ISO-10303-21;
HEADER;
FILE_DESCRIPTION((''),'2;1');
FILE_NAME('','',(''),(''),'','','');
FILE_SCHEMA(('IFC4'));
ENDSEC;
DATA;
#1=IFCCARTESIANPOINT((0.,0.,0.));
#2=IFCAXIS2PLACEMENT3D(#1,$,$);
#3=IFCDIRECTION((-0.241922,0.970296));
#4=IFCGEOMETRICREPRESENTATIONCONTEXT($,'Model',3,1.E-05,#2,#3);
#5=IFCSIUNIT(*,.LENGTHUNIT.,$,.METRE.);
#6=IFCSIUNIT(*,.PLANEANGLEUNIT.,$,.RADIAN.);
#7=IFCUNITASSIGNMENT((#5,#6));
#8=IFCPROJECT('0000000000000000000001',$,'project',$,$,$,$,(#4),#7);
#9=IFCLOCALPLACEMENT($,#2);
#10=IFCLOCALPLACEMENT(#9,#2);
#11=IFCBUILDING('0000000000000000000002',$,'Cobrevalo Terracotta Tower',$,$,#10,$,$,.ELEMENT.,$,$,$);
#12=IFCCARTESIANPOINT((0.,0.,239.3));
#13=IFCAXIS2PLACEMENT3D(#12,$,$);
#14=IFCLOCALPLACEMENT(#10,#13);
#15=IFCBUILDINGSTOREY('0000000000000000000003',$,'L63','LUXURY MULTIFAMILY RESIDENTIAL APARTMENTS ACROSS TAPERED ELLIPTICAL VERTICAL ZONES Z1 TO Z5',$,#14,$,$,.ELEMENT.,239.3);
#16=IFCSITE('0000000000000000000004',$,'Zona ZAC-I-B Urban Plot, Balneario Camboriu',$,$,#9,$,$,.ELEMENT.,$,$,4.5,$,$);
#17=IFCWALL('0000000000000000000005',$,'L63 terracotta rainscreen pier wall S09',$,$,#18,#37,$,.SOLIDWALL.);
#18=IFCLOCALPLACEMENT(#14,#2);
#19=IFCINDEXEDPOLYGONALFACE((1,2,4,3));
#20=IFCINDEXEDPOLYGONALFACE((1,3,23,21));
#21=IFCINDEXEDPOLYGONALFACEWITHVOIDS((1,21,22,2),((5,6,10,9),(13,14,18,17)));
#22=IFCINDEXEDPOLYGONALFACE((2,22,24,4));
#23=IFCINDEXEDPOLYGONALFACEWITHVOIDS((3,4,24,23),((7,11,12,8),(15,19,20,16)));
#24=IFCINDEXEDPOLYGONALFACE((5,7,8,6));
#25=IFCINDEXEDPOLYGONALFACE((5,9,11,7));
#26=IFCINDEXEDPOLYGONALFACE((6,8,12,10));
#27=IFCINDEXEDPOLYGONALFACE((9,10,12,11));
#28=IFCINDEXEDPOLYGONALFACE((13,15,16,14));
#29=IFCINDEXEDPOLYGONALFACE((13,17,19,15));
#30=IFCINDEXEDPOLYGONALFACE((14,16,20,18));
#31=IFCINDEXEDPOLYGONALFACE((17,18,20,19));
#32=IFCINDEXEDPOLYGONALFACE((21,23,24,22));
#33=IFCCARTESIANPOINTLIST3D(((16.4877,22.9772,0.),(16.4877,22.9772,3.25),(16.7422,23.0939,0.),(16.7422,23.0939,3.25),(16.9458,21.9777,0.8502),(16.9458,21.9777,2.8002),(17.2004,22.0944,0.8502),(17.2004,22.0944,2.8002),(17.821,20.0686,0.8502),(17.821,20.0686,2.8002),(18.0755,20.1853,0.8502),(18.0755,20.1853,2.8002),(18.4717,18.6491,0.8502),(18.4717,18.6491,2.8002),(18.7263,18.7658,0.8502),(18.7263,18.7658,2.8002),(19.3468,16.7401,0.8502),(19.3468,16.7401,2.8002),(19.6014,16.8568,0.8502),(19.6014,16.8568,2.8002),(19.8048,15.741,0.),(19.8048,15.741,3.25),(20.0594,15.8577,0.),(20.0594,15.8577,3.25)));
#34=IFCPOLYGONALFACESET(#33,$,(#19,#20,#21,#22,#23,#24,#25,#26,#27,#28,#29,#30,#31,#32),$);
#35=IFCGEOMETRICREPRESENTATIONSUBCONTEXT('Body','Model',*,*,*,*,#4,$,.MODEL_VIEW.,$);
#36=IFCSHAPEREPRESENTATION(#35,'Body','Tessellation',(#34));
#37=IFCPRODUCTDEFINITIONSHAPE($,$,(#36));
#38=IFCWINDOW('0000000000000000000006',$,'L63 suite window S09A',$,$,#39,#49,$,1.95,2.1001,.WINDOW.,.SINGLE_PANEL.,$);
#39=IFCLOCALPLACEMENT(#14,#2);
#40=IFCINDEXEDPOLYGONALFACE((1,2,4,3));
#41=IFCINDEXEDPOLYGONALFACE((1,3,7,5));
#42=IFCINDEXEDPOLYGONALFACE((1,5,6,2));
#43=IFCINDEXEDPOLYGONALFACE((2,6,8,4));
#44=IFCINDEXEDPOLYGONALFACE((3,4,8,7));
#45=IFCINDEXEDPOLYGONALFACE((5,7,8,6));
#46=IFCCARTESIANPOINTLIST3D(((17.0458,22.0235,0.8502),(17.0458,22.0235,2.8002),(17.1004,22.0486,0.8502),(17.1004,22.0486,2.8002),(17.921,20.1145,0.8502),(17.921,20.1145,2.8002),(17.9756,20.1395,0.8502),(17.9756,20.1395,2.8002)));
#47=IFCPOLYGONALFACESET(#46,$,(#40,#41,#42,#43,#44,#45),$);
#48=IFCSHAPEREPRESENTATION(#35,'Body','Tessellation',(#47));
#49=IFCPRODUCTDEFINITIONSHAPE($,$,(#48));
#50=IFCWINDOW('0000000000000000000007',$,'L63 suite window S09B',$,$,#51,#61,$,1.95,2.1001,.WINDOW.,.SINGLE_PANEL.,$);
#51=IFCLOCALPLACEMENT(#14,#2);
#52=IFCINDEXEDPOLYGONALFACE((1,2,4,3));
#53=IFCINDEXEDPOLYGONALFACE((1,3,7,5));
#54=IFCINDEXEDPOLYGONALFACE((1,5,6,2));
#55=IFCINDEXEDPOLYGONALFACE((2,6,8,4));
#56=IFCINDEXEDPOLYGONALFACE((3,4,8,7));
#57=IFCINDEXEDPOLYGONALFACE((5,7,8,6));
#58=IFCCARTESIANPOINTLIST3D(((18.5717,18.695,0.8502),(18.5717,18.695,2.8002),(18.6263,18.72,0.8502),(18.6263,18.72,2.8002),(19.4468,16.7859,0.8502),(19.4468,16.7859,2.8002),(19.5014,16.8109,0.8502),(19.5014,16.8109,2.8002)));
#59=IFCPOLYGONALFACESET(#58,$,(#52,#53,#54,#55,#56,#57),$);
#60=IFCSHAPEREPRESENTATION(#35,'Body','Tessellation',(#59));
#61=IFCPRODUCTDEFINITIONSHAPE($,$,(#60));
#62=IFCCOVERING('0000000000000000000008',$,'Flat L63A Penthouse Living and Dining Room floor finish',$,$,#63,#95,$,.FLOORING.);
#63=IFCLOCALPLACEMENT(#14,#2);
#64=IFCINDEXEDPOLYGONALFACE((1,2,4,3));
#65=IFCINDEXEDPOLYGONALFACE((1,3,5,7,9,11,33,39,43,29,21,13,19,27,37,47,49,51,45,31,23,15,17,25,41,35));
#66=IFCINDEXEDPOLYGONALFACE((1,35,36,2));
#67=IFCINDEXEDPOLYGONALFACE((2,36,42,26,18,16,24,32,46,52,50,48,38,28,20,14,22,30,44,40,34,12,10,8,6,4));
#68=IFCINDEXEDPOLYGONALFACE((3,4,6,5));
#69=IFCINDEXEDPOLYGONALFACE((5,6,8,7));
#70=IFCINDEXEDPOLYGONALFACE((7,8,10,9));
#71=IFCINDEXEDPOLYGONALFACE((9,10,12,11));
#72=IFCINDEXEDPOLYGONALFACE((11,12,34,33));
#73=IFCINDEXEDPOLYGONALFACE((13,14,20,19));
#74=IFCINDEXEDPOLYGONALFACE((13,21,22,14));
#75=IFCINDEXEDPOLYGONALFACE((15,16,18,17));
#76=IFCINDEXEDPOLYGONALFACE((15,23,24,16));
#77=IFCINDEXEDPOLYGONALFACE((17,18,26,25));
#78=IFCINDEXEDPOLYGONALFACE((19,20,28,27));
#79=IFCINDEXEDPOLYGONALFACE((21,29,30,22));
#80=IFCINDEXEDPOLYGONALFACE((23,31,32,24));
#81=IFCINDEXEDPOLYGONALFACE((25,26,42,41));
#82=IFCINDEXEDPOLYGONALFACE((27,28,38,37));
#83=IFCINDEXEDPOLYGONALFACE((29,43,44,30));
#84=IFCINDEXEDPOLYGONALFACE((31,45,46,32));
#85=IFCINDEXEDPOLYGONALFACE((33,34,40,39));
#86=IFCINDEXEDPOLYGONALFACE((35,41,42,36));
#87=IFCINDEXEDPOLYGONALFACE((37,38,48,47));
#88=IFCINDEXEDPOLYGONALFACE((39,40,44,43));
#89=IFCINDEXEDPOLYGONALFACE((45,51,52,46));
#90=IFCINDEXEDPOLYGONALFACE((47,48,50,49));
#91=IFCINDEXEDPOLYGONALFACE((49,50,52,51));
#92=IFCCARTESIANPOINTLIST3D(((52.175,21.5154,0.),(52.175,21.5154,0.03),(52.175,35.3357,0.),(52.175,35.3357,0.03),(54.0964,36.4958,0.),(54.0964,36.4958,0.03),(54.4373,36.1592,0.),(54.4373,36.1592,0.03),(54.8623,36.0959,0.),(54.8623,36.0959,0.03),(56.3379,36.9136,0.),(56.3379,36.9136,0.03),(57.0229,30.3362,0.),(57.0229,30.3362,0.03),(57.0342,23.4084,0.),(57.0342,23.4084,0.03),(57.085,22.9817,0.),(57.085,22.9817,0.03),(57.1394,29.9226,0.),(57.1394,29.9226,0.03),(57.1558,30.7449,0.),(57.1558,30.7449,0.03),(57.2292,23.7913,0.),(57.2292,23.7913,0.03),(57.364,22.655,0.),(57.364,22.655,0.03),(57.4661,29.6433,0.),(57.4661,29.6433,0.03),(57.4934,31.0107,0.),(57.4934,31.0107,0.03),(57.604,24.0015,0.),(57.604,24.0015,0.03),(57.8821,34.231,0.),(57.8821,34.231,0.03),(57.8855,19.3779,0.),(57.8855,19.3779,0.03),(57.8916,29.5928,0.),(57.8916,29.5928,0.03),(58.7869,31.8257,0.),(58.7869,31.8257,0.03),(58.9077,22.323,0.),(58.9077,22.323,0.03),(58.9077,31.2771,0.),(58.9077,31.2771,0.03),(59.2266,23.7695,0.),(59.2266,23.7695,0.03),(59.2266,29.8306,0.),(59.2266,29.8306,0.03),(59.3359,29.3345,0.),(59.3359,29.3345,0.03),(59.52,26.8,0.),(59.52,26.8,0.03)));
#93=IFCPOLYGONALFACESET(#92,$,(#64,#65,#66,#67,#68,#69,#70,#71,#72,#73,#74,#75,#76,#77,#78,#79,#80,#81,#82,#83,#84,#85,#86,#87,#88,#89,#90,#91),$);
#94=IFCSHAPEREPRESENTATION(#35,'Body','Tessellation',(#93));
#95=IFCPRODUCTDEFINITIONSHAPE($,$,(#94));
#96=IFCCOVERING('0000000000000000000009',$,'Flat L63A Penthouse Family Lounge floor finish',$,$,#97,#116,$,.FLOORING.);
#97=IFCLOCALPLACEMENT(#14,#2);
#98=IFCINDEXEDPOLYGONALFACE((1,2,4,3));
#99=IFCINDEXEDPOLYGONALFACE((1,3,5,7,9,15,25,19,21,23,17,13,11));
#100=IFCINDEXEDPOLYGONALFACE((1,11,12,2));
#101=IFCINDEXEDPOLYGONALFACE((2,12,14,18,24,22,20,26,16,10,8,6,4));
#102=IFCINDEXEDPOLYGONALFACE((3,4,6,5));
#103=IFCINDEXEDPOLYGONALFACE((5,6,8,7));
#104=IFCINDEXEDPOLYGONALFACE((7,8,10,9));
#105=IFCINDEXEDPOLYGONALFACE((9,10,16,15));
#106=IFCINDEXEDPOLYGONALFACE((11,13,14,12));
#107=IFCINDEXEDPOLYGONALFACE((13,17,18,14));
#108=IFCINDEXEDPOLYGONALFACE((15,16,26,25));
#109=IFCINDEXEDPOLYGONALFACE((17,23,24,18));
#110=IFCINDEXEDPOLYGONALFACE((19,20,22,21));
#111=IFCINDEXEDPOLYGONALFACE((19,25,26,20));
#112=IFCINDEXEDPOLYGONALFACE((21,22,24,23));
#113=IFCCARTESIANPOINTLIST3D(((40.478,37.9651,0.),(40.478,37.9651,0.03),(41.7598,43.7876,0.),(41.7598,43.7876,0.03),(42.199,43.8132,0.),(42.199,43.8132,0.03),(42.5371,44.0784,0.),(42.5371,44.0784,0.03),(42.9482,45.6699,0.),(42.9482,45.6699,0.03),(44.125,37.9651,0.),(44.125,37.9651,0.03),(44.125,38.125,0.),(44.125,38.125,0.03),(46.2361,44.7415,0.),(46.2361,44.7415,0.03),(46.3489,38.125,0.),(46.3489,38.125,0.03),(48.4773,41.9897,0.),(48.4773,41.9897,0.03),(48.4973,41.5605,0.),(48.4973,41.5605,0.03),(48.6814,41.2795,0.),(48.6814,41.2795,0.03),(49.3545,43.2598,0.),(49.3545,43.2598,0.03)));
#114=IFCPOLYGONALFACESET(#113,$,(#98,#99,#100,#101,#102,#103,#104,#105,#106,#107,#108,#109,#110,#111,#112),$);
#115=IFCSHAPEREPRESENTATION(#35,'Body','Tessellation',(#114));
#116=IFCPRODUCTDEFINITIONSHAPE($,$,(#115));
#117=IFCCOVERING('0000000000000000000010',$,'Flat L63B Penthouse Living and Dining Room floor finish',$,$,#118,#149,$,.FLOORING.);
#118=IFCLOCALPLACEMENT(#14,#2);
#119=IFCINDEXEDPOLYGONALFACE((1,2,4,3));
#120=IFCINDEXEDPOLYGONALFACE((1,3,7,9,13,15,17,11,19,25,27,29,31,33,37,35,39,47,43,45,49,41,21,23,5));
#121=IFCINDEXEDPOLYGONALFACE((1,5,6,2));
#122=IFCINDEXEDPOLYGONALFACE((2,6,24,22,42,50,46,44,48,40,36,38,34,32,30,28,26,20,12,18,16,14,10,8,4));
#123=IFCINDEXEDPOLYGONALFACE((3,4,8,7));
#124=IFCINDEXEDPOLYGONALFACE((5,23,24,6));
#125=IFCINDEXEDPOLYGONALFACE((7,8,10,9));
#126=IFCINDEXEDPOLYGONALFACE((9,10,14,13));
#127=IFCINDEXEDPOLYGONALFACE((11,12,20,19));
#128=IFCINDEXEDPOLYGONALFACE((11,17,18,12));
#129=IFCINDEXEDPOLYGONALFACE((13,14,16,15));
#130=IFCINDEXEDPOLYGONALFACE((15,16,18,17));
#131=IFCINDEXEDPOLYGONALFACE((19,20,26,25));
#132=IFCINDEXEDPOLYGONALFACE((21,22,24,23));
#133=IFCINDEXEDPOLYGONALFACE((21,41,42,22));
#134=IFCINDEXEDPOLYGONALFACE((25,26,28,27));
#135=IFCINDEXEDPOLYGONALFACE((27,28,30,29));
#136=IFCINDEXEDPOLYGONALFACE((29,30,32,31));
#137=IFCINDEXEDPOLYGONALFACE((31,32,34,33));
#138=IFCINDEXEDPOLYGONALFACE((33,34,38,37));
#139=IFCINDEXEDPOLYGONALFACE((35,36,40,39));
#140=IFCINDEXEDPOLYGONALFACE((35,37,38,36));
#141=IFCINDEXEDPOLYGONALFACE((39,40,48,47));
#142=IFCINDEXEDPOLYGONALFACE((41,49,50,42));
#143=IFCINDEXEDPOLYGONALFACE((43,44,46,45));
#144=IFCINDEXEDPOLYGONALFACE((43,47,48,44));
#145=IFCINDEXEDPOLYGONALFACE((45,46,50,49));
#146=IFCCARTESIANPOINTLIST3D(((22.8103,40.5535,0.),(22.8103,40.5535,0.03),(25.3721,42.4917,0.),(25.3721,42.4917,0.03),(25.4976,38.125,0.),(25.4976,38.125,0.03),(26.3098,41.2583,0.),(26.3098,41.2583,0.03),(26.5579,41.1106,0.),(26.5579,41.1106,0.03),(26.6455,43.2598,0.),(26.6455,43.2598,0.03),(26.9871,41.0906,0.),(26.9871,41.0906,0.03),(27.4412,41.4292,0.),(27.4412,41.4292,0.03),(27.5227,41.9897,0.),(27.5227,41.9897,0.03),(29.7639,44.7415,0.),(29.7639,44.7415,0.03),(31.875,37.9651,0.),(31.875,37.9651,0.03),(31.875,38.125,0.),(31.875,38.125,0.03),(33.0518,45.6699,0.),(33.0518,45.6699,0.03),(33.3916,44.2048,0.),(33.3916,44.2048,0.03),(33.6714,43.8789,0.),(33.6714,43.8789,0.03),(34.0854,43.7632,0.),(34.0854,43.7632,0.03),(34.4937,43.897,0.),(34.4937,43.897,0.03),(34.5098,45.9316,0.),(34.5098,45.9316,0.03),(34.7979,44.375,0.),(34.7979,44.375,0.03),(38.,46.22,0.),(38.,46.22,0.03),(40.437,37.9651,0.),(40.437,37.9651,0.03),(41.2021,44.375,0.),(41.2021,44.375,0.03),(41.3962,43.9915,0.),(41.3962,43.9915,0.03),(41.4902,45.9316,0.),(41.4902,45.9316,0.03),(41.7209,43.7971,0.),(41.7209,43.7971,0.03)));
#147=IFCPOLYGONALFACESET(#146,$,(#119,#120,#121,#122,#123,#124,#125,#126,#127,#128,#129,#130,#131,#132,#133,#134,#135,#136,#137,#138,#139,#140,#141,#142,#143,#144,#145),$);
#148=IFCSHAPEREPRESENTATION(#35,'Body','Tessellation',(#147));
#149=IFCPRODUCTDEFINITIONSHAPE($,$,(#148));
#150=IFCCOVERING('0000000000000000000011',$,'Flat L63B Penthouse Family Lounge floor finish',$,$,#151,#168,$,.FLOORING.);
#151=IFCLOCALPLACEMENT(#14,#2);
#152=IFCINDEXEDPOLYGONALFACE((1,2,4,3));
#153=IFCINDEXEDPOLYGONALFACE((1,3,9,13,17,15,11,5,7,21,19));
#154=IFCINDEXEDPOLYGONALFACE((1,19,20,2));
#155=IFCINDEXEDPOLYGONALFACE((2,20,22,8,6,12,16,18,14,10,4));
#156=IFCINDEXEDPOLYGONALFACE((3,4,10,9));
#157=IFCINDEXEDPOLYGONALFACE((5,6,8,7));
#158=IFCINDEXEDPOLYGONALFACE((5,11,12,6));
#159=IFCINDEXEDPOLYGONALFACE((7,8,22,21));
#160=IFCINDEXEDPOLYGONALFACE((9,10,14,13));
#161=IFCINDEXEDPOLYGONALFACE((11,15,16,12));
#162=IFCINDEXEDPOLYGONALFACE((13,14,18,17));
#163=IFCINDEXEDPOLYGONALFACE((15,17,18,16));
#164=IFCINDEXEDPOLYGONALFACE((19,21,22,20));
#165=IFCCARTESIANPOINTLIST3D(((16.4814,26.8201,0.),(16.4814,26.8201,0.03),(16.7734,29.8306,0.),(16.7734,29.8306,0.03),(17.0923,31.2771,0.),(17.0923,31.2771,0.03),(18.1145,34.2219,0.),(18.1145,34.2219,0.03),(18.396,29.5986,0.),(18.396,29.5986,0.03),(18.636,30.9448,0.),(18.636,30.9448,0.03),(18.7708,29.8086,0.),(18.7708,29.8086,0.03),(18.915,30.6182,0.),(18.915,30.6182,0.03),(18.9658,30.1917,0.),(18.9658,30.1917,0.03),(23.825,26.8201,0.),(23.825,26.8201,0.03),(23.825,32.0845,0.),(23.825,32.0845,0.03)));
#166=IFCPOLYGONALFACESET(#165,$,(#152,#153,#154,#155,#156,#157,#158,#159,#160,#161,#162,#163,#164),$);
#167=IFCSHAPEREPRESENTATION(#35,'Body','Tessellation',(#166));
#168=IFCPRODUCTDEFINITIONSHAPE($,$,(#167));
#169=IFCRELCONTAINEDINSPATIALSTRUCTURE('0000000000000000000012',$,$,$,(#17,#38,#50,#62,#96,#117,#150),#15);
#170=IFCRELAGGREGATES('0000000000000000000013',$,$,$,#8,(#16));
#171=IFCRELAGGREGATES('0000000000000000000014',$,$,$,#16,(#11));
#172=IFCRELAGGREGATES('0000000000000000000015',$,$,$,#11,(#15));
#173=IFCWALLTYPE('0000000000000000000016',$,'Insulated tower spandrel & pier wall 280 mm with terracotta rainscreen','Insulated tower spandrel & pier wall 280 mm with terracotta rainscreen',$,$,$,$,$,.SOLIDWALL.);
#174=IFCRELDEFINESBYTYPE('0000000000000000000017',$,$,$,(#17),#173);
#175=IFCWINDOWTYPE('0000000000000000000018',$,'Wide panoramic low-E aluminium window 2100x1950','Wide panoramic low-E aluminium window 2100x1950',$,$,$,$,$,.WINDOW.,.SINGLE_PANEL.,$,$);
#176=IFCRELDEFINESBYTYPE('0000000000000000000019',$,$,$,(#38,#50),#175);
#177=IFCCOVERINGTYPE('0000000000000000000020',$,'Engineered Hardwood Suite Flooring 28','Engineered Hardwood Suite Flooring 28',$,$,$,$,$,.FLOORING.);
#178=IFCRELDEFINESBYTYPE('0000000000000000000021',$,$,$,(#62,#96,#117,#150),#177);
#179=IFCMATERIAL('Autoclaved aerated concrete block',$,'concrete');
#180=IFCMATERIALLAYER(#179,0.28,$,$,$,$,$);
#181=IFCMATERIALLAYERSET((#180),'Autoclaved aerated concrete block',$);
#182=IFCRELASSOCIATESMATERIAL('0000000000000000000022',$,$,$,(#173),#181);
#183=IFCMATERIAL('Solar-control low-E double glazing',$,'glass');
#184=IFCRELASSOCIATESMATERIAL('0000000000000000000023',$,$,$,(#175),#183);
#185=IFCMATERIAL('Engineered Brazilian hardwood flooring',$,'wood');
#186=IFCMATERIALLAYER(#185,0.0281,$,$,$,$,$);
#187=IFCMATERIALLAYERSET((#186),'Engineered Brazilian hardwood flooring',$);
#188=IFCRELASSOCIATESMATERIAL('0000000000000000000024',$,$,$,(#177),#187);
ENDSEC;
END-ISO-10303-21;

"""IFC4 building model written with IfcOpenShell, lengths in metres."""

from ifc_helpers import new_model, si_unit, direction, frame, frame_2d, origin, place, context, subcontext, project, spatial, polyline, rectangle, outline, extrude, source, transform, mapped, material, layer, layer_set, type_object, element, fill, save


model = new_model("IFC4")

# Units and contexts
model_context = context("Model", 3, precision=1e-05, world=origin(), true_north=direction((-0.241922, 0.970296)))
body_context = subcontext(model_context, "Body", "Model", "MODEL_VIEW")
ifc_project = project(units=[si_unit("LENGTHUNIT", "METRE"), si_unit("PLANEANGLEUNIT", "RADIAN")], contexts=[model_context])

# Site, building, storey
site_placement = place(None, origin())
site = spatial("IfcSite", under=ifc_project, at=site_placement, Name="Zona ZAC-I-B Urban Plot, Balneario Camboriu", CompositionType="ELEMENT", RefElevation=4.5)
building_placement = place(site_placement, origin())
building = spatial("IfcBuilding", under=site, at=building_placement, Name="Cobrevalo Terracotta Tower", CompositionType="ELEMENT")
storey_placement = place(building_placement, frame((0.0, 0.0, 239.3)))
storey = spatial("IfcBuildingStorey", under=building, at=storey_placement, Name="L63", Description="LUXURY MULTIFAMILY RESIDENTIAL APARTMENTS ACROSS TAPERED ELLIPTICAL VERTICAL ZONES Z1 TO Z5", CompositionType="ELEMENT", Elevation=239.3)

# Wall, openings, windows
ifc_material_1 = material(Name="Autoclaved aerated concrete block", Category="concrete")
ifc_layer_1 = layer(ifc_material_1, 0.28)
ifc_layer_set_1 = layer_set([ifc_layer_1], Name="Autoclaved aerated concrete block")
wall_type = type_object("IfcWallType", Name="Insulated tower spandrel & pier wall 280 mm with terracotta rainscreen", Description="Insulated tower spandrel & pier wall 280 mm with terracotta rainscreen", PredefinedType="SOLIDWALL", material=ifc_layer_set_1)
wall_placement = place(storey_placement, frame((16.615, 23.0354, 0.0), z_axis=(0.0, 0.0, 1.0), x_axis=(0.416717, -0.909036, 0.0)))
wall = element("IfcWall", 1, at=wall_placement, inside=storey, type_object=wall_type, Name="L63 terracotta rainscreen pier wall S09", PredefinedType="SOLIDWALL", context=body_context, shape_type="SweptSolid", body=[
    extrude(rectangle(XDim=7.9602, YDim=0.28, at=frame_2d((3.98, 0.0))), origin(), (0.0, 0.0, 1.0), 3.25),
])
opening_1_placement = place(wall_placement, frame((1.0994, 0.0, 0.8501)))
opening_1 = element("IfcOpeningElement", 2, at=opening_1_placement, cuts=wall, PredefinedType="OPENING", context=body_context, shape_type="SweptSolid", body=[
    extrude(rectangle(XDim=2.1001, YDim=1.95, at=frame_2d((1.05, 0.9751))), frame((0.0, 0.1499, 0.0), z_axis=(0.0, -1.0, 0.0), x_axis=(1.0, 0.0, 0.0)), (0.0, 0.0, 1.0), 0.3),
])
opening_2_placement = place(wall_placement, frame((4.761, 0.0, 0.8501)))
opening_2 = element("IfcOpeningElement", 3, at=opening_2_placement, cuts=wall, PredefinedType="OPENING", context=body_context, shape_type="SweptSolid", body=[
    extrude(rectangle(XDim=2.1001, YDim=1.95, at=frame_2d((1.05, 0.9751))), frame((0.0, 0.1499, 0.0), z_axis=(0.0, -1.0, 0.0), x_axis=(1.0, 0.0, 0.0)), (0.0, 0.0, 1.0), 0.3),
])
ifc_material_2 = material(Name="Solar-control low-E double glazing", Category="glass")
window_type = type_object("IfcWindowType", Name="Wide panoramic low-E aluminium window 2100x1950", Description="Wide panoramic low-E aluminium window 2100x1950", PartitioningType="SINGLE_PANEL", PredefinedType="WINDOW", material=ifc_material_2)
shared_shape_1 = source(origin(), body_context, "Body", "SweptSolid", [
    extrude(rectangle(XDim=2.1001, YDim=1.95, at=frame_2d((1.05, 0.9751))), frame((0.0, 0.03, 0.0), z_axis=(0.0, -1.0, 0.0), x_axis=(1.0, 0.0, 0.0)), (0.0, 0.0, 1.0), 0.0601),
])
window_1_placement = place(opening_1_placement, origin())
window_1 = element("IfcWindow", 4, at=window_1_placement, inside=storey, type_object=window_type, Name="L63 suite window S09A", OverallHeight=1.95, OverallWidth=2.1001, PartitioningType="SINGLE_PANEL", PredefinedType="WINDOW", context=body_context, shape_type="MappedRepresentation", body=[
    mapped(shared_shape_1, transform((0.0, 0.0, 0.0), scale=1.0)),
])
fill(opening_1, window_1)
window_2_placement = place(opening_2_placement, origin())
window_2 = element("IfcWindow", 5, at=window_2_placement, inside=storey, type_object=window_type, Name="L63 suite window S09B", OverallHeight=1.95, OverallWidth=2.1001, PartitioningType="SINGLE_PANEL", PredefinedType="WINDOW", context=body_context, shape_type="MappedRepresentation", body=[
    mapped(shared_shape_1, transform((0.0, 0.0, 0.0), scale=1.0)),
])
fill(opening_2, window_2)

# Coverings
ifc_material_3 = material(Name="Engineered Brazilian hardwood flooring", Category="wood")
ifc_layer_2 = layer(ifc_material_3, 0.0281)
ifc_layer_set_2 = layer_set([ifc_layer_2], Name="Engineered Brazilian hardwood flooring")
covering_type_1 = type_object("IfcCoveringType", Name="Engineered Hardwood Suite Flooring 28", Description="Engineered Hardwood Suite Flooring 28", PredefinedType="FLOORING", material=ifc_layer_set_2)
covering_1_placement = place(storey_placement, origin())
element("IfcCovering", 6, at=covering_1_placement, inside=storey, type_object=covering_type_1, Name="Flat L63A Penthouse Living and Dining Room floor finish", PredefinedType="FLOORING", context=body_context, shape_type="SweptSolid", body=[
    extrude(outline(polyline([(54.0964, 36.4958), (54.4373, 36.1592), (54.8623, 36.0959), (56.3379, 36.9136), (57.8821, 34.231), (58.7869, 31.8257), (58.9077, 31.2771), (57.4934, 31.0107), (57.1558, 30.7449), (57.0229, 30.3362), (57.1394, 29.9226), (57.4661, 29.6433), (57.8916, 29.5928), (59.2266, 29.8306), (59.3359, 29.3345), (59.52, 26.8), (59.2266, 23.7695), (57.604, 24.0015), (57.2292, 23.7913), (57.0342, 23.4084), (57.085, 22.9817), (57.364, 22.655), (58.9077, 22.323), (57.8855, 19.3779), (52.175, 21.5154), (52.175, 35.3357), (54.0964, 36.4958)])), origin(), (0.0, 0.0, 1.0), 0.03),
])
covering_2_placement = place(storey_placement, origin())
element("IfcCovering", 7, at=covering_2_placement, inside=storey, type_object=covering_type_1, Name="Flat L63A Penthouse Family Lounge floor finish", PredefinedType="FLOORING", context=body_context, shape_type="SweptSolid", body=[
    extrude(outline(polyline([(44.125, 37.9651), (40.478, 37.9651), (41.7598, 43.7876), (42.199, 43.8132), (42.5371, 44.0784), (42.9482, 45.6699), (46.2361, 44.7415), (49.3545, 43.2598), (48.4773, 41.9897), (48.4973, 41.5605), (48.6814, 41.2795), (46.3489, 38.125), (44.125, 38.125), (44.125, 37.9651)])), origin(), (0.0, 0.0, 1.0), 0.03),
])
covering_3_placement = place(storey_placement, origin())
element("IfcCovering", 8, at=covering_3_placement, inside=storey, type_object=covering_type_1, Name="Flat L63B Penthouse Living and Dining Room floor finish", PredefinedType="FLOORING", context=body_context, shape_type="SweptSolid", body=[
    extrude(outline(polyline([(25.3721, 42.4917), (26.3098, 41.2583), (26.5579, 41.1106), (26.9871, 41.0906), (27.4412, 41.4292), (27.5227, 41.9897), (26.6455, 43.2598), (29.7639, 44.7415), (33.0518, 45.6699), (33.3916, 44.2048), (33.6714, 43.8789), (34.0854, 43.7632), (34.4937, 43.897), (34.7979, 44.375), (34.5098, 45.9316), (38.0, 46.22), (41.4902, 45.9316), (41.2021, 44.375), (41.3962, 43.9915), (41.7209, 43.7971), (40.437, 37.9651), (31.875, 37.9651), (31.875, 38.125), (25.4976, 38.125), (22.8103, 40.5535), (25.3721, 42.4917)])), origin(), (0.0, 0.0, 1.0), 0.03),
])
covering_4_placement = place(storey_placement, origin())
element("IfcCovering", 9, at=covering_4_placement, inside=storey, type_object=covering_type_1, Name="Flat L63B Penthouse Family Lounge floor finish", PredefinedType="FLOORING", context=body_context, shape_type="SweptSolid", body=[
    extrude(outline(polyline([(23.825, 32.0845), (23.825, 26.8201), (16.4814, 26.8201), (16.7734, 29.8306), (18.396, 29.5986), (18.7708, 29.8086), (18.9658, 30.1917), (18.915, 30.6182), (18.636, 30.9448), (17.0923, 31.2771), (18.1145, 34.2219), (23.825, 32.0845)])), origin(), (0.0, 0.0, 1.0), 0.03),
])

save(model, "model.ifc")
